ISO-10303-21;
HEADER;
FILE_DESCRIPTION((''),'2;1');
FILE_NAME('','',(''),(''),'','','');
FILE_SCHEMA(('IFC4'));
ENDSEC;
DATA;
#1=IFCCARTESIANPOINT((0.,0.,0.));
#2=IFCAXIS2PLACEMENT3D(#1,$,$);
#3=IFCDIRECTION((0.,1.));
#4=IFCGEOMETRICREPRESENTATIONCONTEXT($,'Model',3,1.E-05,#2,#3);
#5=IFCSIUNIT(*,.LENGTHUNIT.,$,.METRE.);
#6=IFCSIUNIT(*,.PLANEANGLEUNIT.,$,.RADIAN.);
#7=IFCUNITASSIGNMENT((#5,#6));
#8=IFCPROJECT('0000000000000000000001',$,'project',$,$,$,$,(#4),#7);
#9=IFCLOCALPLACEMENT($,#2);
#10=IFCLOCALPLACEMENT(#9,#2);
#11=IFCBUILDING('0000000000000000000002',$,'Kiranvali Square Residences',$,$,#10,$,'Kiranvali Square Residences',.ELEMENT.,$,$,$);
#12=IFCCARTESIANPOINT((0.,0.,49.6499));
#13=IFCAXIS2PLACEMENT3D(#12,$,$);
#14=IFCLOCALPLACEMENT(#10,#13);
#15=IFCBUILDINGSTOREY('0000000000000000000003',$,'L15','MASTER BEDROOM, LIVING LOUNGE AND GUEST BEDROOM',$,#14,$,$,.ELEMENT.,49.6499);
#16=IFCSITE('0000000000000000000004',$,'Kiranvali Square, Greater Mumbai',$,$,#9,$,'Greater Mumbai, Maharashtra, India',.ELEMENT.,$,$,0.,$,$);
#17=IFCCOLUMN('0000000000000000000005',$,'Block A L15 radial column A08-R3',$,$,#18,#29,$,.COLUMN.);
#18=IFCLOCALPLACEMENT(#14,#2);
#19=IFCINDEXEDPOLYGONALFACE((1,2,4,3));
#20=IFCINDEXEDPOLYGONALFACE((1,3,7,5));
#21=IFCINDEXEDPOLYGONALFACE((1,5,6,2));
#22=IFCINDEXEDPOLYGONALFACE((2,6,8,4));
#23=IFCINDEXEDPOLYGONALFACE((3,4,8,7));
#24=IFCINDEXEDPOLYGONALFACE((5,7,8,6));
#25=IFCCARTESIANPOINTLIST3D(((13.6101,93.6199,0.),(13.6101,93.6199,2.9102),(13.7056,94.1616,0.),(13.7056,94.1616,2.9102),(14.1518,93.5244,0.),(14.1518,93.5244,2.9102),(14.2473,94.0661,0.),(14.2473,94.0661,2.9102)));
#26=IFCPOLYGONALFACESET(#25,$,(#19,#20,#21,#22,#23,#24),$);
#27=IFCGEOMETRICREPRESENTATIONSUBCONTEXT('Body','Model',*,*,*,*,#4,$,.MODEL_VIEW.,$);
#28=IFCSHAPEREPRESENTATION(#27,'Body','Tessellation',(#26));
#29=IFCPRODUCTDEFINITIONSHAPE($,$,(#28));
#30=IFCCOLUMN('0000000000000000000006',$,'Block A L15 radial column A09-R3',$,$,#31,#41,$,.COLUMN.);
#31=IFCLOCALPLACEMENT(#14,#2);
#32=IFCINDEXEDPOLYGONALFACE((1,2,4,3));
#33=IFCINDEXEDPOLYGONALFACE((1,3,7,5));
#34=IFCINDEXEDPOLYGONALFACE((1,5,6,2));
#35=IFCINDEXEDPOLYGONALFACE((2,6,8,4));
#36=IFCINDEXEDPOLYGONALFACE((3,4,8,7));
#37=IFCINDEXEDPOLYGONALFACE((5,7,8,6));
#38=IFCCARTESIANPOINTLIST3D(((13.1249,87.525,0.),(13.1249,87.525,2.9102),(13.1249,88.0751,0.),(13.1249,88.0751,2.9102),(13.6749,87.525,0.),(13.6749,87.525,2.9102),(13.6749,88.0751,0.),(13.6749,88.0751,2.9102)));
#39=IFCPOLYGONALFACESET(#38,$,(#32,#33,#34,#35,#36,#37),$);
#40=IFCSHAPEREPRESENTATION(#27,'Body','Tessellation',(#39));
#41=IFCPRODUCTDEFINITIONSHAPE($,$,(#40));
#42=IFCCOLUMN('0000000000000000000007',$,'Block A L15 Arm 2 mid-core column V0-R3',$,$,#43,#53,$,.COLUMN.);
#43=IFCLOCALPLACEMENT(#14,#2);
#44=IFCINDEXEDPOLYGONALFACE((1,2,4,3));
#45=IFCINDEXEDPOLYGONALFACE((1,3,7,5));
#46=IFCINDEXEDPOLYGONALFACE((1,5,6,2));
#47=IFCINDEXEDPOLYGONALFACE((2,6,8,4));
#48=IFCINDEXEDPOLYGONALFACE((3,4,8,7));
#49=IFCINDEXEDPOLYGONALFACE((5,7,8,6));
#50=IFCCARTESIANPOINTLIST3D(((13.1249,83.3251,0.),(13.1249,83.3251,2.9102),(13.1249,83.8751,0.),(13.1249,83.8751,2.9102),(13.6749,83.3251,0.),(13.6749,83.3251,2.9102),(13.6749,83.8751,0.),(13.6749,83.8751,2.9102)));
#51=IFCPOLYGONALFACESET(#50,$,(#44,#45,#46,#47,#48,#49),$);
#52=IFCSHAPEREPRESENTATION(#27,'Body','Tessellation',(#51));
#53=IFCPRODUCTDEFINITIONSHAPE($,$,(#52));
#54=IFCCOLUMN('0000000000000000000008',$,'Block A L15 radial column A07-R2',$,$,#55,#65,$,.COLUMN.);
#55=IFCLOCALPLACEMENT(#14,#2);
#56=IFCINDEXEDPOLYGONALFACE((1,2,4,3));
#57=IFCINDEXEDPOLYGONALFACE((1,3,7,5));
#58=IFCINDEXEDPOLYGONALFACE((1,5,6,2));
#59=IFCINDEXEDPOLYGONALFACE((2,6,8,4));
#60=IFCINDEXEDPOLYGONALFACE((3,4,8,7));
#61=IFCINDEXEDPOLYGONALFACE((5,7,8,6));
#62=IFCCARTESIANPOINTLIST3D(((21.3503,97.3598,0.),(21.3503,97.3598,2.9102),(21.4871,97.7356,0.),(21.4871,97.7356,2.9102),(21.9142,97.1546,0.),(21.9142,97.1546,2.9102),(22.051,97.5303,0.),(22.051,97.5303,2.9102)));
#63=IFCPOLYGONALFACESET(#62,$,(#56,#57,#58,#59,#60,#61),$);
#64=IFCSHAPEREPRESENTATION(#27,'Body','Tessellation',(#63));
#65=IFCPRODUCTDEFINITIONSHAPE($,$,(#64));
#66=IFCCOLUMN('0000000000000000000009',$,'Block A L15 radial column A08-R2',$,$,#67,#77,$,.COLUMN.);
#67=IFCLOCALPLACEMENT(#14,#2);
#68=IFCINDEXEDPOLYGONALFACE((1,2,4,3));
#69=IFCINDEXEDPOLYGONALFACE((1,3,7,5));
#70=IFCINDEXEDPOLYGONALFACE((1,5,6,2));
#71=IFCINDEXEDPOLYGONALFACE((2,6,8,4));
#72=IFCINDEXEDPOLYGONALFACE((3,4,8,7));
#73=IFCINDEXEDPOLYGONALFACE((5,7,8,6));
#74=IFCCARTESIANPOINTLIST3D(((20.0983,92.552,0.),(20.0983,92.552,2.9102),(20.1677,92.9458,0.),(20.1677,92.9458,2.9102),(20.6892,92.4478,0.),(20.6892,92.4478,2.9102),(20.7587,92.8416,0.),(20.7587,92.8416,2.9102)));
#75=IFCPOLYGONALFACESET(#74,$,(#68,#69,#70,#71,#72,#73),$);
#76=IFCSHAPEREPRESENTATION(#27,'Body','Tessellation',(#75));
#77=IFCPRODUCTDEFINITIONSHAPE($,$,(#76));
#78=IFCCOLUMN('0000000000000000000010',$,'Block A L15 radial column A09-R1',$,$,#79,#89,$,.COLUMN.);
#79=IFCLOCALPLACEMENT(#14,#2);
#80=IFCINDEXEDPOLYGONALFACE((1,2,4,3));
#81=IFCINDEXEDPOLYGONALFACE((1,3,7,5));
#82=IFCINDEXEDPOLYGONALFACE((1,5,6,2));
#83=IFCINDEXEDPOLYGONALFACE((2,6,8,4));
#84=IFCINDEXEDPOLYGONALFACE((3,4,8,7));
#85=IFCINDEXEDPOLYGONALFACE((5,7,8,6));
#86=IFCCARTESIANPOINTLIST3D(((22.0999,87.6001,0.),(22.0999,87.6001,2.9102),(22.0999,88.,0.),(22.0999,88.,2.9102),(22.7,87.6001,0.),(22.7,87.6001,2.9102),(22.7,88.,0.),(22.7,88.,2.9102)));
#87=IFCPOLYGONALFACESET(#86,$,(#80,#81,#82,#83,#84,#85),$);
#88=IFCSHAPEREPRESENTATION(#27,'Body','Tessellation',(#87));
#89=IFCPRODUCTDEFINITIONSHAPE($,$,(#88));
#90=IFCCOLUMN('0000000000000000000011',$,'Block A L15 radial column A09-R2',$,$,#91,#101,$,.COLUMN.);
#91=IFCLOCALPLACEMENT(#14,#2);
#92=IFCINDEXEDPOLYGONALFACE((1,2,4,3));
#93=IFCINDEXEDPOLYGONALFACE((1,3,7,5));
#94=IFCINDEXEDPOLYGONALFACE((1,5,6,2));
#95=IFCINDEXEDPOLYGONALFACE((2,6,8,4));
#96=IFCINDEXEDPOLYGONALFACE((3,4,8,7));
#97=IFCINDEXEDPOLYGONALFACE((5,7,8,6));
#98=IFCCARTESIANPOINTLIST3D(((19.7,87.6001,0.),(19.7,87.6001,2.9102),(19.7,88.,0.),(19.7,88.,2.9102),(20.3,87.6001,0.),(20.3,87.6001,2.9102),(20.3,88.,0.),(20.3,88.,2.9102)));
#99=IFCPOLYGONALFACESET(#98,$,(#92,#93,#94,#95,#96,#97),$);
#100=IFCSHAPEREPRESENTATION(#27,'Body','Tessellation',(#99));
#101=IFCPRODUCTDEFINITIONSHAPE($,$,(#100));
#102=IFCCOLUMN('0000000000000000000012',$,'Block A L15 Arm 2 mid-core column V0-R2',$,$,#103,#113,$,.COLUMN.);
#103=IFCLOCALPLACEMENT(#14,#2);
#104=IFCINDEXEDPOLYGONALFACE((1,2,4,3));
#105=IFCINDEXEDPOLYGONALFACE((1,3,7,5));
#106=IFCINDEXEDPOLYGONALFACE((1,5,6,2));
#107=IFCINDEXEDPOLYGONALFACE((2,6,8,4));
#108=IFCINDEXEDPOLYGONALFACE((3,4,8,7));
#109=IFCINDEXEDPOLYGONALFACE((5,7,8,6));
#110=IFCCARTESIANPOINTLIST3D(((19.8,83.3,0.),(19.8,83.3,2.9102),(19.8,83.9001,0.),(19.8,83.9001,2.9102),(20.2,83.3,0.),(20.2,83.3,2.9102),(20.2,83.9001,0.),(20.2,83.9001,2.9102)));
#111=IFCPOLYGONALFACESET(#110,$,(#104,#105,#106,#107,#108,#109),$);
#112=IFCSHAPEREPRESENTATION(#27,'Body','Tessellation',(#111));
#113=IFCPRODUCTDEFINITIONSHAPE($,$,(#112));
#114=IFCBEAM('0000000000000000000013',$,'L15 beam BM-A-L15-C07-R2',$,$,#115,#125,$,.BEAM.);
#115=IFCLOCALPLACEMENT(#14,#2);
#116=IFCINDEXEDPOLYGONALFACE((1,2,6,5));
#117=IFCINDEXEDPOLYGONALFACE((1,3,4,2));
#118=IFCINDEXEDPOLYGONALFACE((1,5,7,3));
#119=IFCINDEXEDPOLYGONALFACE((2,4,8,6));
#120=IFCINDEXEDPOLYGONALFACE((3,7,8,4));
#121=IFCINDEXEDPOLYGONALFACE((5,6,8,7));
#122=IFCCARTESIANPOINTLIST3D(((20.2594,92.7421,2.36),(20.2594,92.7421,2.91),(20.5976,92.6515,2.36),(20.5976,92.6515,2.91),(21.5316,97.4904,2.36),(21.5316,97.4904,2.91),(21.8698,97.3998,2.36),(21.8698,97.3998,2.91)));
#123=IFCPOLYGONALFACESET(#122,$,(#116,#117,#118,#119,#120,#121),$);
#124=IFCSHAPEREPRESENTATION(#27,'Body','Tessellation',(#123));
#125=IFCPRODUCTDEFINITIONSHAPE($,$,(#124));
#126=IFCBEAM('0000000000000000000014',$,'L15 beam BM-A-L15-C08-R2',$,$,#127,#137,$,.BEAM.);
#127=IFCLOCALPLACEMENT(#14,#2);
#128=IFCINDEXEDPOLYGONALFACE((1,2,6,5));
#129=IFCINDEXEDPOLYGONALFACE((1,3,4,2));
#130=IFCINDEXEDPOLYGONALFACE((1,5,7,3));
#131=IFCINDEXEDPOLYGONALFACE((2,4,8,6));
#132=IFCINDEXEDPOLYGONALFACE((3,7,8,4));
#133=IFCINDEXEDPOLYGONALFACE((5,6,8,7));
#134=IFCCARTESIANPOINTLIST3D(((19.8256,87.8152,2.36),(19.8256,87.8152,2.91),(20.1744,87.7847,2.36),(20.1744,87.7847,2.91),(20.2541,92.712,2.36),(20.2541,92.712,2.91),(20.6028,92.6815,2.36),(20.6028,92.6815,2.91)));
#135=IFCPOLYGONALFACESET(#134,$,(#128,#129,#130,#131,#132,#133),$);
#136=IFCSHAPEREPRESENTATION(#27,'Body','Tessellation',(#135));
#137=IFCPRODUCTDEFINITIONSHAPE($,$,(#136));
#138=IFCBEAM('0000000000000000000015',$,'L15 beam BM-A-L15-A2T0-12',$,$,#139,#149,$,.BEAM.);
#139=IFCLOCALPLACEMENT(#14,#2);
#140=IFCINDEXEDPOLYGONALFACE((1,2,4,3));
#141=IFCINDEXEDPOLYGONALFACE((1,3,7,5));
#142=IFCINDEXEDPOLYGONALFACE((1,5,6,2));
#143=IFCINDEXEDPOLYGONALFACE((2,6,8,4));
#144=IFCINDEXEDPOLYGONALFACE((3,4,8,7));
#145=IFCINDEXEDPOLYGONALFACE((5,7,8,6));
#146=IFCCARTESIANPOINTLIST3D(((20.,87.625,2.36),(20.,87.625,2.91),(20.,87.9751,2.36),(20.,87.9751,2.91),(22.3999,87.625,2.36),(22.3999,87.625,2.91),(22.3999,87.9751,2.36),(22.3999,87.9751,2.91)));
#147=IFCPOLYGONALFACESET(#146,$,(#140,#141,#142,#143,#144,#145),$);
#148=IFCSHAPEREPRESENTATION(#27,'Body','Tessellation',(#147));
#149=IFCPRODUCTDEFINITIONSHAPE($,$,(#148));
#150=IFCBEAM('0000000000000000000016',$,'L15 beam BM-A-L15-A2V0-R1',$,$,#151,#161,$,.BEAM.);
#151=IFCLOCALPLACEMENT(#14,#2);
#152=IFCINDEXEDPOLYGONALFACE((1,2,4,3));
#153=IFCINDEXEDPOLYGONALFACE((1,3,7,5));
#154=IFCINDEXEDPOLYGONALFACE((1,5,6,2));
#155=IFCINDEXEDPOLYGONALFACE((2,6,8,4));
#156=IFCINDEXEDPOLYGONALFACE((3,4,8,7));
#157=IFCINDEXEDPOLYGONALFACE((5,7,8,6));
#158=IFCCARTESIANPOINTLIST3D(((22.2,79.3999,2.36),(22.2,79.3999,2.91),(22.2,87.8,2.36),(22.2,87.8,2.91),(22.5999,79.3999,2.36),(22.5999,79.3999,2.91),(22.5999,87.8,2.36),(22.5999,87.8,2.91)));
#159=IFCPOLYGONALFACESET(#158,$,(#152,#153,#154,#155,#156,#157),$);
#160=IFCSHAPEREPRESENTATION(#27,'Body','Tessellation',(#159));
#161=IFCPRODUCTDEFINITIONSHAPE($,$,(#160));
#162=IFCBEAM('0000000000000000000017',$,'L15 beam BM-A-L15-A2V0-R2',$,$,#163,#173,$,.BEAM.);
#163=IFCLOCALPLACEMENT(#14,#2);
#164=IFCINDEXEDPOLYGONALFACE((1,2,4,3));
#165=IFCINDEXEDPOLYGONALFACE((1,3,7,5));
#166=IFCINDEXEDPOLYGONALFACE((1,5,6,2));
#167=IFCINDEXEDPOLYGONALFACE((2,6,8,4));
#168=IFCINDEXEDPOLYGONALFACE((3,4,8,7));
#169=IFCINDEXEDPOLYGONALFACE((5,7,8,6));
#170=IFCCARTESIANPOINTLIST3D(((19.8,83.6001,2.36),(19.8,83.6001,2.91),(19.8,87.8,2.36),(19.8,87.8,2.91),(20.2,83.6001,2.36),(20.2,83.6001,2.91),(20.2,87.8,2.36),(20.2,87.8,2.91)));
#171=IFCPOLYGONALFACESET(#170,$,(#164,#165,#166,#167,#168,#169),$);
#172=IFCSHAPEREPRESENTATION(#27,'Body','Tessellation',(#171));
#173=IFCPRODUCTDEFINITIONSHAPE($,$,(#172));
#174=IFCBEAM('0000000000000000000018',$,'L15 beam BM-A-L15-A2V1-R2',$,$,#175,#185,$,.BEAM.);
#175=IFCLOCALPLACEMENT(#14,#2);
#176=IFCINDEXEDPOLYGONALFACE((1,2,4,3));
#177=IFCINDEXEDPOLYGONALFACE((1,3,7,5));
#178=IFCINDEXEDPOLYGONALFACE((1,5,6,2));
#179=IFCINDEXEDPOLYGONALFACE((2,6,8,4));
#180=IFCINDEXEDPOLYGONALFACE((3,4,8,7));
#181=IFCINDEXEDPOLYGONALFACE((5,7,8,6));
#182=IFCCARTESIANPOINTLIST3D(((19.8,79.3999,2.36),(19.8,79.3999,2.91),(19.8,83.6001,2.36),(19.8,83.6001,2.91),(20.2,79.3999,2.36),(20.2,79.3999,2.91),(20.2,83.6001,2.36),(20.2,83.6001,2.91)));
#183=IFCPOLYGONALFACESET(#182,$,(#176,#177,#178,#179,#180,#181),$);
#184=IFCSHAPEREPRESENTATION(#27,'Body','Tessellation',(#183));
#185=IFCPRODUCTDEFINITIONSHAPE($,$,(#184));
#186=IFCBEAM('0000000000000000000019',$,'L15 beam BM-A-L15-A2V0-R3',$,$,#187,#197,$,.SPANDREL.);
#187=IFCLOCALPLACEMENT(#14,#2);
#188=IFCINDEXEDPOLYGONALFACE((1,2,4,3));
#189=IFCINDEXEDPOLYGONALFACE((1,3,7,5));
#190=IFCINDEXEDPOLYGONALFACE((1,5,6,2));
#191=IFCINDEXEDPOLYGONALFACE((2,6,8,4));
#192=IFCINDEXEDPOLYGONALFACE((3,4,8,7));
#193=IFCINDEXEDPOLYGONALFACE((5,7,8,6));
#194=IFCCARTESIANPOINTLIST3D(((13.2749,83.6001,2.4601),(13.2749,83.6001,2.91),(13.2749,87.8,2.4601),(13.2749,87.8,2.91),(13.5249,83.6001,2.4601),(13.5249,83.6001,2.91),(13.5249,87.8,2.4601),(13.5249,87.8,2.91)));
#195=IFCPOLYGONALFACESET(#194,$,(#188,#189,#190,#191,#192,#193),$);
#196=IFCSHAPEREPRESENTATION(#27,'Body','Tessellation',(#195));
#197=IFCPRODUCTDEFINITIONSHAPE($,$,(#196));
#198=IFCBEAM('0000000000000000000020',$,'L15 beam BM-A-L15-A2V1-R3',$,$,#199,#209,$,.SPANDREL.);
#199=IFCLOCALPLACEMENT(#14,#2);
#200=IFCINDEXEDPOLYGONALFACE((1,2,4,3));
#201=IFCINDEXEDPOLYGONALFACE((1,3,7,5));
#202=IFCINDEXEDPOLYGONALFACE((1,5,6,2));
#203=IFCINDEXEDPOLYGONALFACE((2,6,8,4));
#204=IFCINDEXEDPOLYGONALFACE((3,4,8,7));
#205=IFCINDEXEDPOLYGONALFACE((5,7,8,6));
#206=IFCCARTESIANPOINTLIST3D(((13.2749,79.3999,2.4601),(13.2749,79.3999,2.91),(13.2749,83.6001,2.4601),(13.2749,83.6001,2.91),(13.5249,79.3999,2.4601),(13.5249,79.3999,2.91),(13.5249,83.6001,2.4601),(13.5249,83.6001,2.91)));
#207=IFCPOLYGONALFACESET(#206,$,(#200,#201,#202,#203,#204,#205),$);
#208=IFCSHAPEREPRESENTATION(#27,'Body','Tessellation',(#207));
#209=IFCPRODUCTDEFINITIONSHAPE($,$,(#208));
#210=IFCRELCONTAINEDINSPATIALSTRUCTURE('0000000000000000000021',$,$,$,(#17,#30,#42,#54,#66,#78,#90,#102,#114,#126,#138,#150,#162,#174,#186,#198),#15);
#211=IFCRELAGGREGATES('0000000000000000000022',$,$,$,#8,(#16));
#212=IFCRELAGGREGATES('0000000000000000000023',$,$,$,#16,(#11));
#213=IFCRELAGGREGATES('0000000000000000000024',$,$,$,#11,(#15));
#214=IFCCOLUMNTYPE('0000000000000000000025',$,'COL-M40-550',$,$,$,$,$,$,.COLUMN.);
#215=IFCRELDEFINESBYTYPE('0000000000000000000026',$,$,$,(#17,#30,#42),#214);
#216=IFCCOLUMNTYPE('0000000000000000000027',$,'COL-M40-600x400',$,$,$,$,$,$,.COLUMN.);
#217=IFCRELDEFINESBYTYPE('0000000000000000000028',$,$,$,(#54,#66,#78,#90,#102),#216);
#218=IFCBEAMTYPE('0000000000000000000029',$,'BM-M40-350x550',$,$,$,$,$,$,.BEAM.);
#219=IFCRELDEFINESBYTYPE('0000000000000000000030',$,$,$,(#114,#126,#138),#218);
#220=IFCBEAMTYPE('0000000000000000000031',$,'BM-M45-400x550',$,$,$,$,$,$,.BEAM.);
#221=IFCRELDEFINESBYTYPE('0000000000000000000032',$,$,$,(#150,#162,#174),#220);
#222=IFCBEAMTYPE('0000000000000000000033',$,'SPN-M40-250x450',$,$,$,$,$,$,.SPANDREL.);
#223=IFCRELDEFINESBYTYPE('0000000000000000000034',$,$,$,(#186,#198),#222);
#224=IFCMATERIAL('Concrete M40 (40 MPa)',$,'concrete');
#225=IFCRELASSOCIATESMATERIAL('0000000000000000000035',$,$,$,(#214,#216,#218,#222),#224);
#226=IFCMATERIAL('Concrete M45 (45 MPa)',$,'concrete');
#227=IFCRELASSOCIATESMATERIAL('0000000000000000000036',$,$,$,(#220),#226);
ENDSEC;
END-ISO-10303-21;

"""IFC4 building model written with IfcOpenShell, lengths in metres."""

from ifc_helpers import new_model, si_unit, direction, frame, origin, origin_2d, place, context, subcontext, project, spatial, rectangle, extrude, material, material_profile, profile_set, type_object, element, save


model = new_model("IFC4")

# Units and contexts
model_context = context("Model", 3, precision=1e-05, world=origin(), true_north=direction((0.0, 1.0)))
body_context = subcontext(model_context, "Body", "Model", "MODEL_VIEW")
ifc_project = project(units=[si_unit("LENGTHUNIT", "METRE"), si_unit("PLANEANGLEUNIT", "RADIAN")], contexts=[model_context])

# Site, building, storey
site_placement = place(None, origin())
site = spatial("IfcSite", under=ifc_project, at=site_placement, Name="Kiranvali Square, Greater Mumbai", LongName="Greater Mumbai, Maharashtra, India", CompositionType="ELEMENT", RefElevation=0.0)
building_placement = place(site_placement, origin())
building = spatial("IfcBuilding", under=site, at=building_placement, Name="Kiranvali Square Residences", LongName="Kiranvali Square Residences", CompositionType="ELEMENT")
storey_placement = place(building_placement, frame((0.0, 0.0, 49.6499)))
storey = spatial("IfcBuildingStorey", under=building, at=storey_placement, Name="L15", Description="MASTER BEDROOM, LIVING LOUNGE AND GUEST BEDROOM", CompositionType="ELEMENT", Elevation=49.6499)

# Columns
ifc_material_1 = material(Name="Concrete M40 (40 MPa)", Category="concrete")
ifc_material_profile_1 = material_profile(ifc_material_1, rectangle(XDim=0.55, YDim=0.55, at=origin_2d()), Name="RC 550x550")
ifc_profile_set_1 = profile_set([ifc_material_profile_1], Name="Concrete M40 (40 MPa)")
column_type_1 = type_object("IfcColumnType", Name="COL-M40-550", PredefinedType="COLUMN", material=ifc_profile_set_1)
for number, where, z_axis, x_axis, name in (
    (1, (13.9287, 93.843, 0.0), (0.0, 0.0, 1.0), (0.173648, 0.984808, 0.0), "Block A L15 radial column A08-R3"),
    (2, (13.3999, 87.8, 0.0), (0.0, 0.0, 1.0), (0.0, 1.0, 0.0), "Block A L15 radial column A09-R3"),
    (3, (13.3999, 83.6001, 0.0), (0.0, 0.0, 1.0), (1.0, 0.0, 0.0), "Block A L15 Arm 2 mid-core column V0-R3"),
):
    element("IfcColumn", number, at=place(storey_placement, frame(where, z_axis=z_axis, x_axis=x_axis)), inside=storey, type_object=column_type_1, Name=name, PredefinedType="COLUMN", context=body_context, shape_type="SweptSolid", body=[
        extrude(rectangle(XDim=0.55, YDim=0.55, at=origin_2d()), origin(), (0.0, 0.0, 1.0), 2.9102),
    ])
ifc_material_profile_2 = material_profile(ifc_material_1, rectangle(XDim=0.3999, YDim=0.6001, at=origin_2d()), Name="RC 600x400")
ifc_profile_set_2 = profile_set([ifc_material_profile_2], Name="Concrete M40 (40 MPa)")
column_type_2 = type_object("IfcColumnType", Name="COL-M40-600x400", PredefinedType="COLUMN", material=ifc_profile_set_2)
for number, where, z_axis, x_axis, name in (
    (4, (21.7007, 97.4451, 0.0), (0.0, 0.0, 1.0), (0.34202, 0.939693, 0.0), "Block A L15 radial column A07-R2"),
    (5, (20.4285, 92.6968, 0.0), (0.0, 0.0, 1.0), (0.173648, 0.984808, 0.0), "Block A L15 radial column A08-R2"),
    (6, (22.3999, 87.8, 0.0), (0.0, 0.0, 1.0), (0.0, 1.0, 0.0), "Block A L15 radial column A09-R1"),
    (7, (20.0, 87.8, 0.0), (0.0, 0.0, 1.0), (0.0, 1.0, 0.0), "Block A L15 radial column A09-R2"),
    (8, (20.0, 83.6001, 0.0), (0.0, 0.0, 1.0), (1.0, 0.0, 0.0), "Block A L15 Arm 2 mid-core column V0-R2"),
):
    element("IfcColumn", number, at=place(storey_placement, frame(where, z_axis=z_axis, x_axis=x_axis)), inside=storey, type_object=column_type_2, Name=name, PredefinedType="COLUMN", context=body_context, shape_type="SweptSolid", body=[
        extrude(rectangle(XDim=0.3999, YDim=0.6001, at=origin_2d()), origin(), (0.0, 0.0, 1.0), 2.9102),
    ])

# Beams
ifc_material_profile_3 = material_profile(ifc_material_1, rectangle(XDim=0.3501, YDim=0.55, at=origin_2d()), Name="RC 350x550")
ifc_profile_set_3 = profile_set([ifc_material_profile_3], Name="Concrete M40 (40 MPa)")
beam_type_1 = type_object("IfcBeamType", Name="BM-M40-350x550", PredefinedType="BEAM", material=ifc_profile_set_3)
beam_1_placement = place(storey_placement, frame((21.7007, 97.4451, 2.635), z_axis=(-0.258803, -0.96593, 0.0), x_axis=(0.96593, -0.258803, 0.0)))
element("IfcBeam", 9, at=beam_1_placement, inside=storey, type_object=beam_type_1, Name="L15 beam BM-A-L15-C07-R2", PredefinedType="BEAM", context=body_context, shape_type="SweptSolid", body=[
    extrude(rectangle(XDim=0.3501, YDim=0.55, at=origin_2d()), origin(), (0.0, 0.0, 1.0), 4.9158),
])
beam_2_placement = place(storey_placement, frame((20.4285, 92.6968, 2.635), z_axis=(-0.087168, -0.996194, 0.0), x_axis=(0.996194, -0.087168, 0.0)))
element("IfcBeam", 10, at=beam_2_placement, inside=storey, type_object=beam_type_1, Name="L15 beam BM-A-L15-C08-R2", PredefinedType="BEAM", context=body_context, shape_type="SweptSolid", body=[
    extrude(rectangle(XDim=0.3501, YDim=0.55, at=origin_2d()), origin(), (0.0, 0.0, 1.0), 4.9155),
])
beam_3_placement = place(storey_placement, frame((22.3999, 87.8, 2.635), z_axis=(-1.0, 0.0, 0.0), x_axis=(0.0, -1.0, 0.0)))
element("IfcBeam", 11, at=beam_3_placement, inside=storey, type_object=beam_type_1, Name="L15 beam BM-A-L15-A2T0-12", PredefinedType="BEAM", context=body_context, shape_type="SweptSolid", body=[
    extrude(rectangle(XDim=0.3501, YDim=0.55, at=origin_2d()), origin(), (0.0, 0.0, 1.0), 2.3999),
])
ifc_material_2 = material(Name="Concrete M45 (45 MPa)", Category="concrete")
ifc_material_profile_4 = material_profile(ifc_material_2, rectangle(XDim=0.3999, YDim=0.55, at=origin_2d()), Name="RC 400x550")
ifc_profile_set_4 = profile_set([ifc_material_profile_4], Name="Concrete M45 (45 MPa)")
beam_type_2 = type_object("IfcBeamType", Name="BM-M45-400x550", PredefinedType="BEAM", material=ifc_profile_set_4)
beam_4_placement = place(storey_placement, frame((22.3999, 87.8, 2.635), z_axis=(0.0, -1.0, 0.0), x_axis=(1.0, 0.0, 0.0)))
element("IfcBeam", 12, at=beam_4_placement, inside=storey, type_object=beam_type_2, Name="L15 beam BM-A-L15-A2V0-R1", PredefinedType="BEAM", context=body_context, shape_type="SweptSolid", body=[
    extrude(rectangle(XDim=0.3999, YDim=0.55, at=origin_2d()), origin(), (0.0, 0.0, 1.0), 8.4001),
])
beam_5_placement = place(storey_placement, frame((20.0, 87.8, 2.635), z_axis=(0.0, -1.0, 0.0), x_axis=(1.0, 0.0, 0.0)))
element("IfcBeam", 13, at=beam_5_placement, inside=storey, type_object=beam_type_2, Name="L15 beam BM-A-L15-A2V0-R2", PredefinedType="BEAM", context=body_context, shape_type="SweptSolid", body=[
    extrude(rectangle(XDim=0.3999, YDim=0.55, at=origin_2d()), origin(), (0.0, 0.0, 1.0), 4.2),
])
beam_6_placement = place(storey_placement, frame((20.0, 83.6001, 2.635), z_axis=(0.0, -1.0, 0.0), x_axis=(1.0, 0.0, 0.0)))
element("IfcBeam", 14, at=beam_6_placement, inside=storey, type_object=beam_type_2, Name="L15 beam BM-A-L15-A2V1-R2", PredefinedType="BEAM", context=body_context, shape_type="SweptSolid", body=[
    extrude(rectangle(XDim=0.3999, YDim=0.55, at=origin_2d()), origin(), (0.0, 0.0, 1.0), 4.2002),
])
ifc_material_profile_5 = material_profile(ifc_material_1, rectangle(XDim=0.25, YDim=0.45, at=origin_2d()), Name="RC 250x450")
ifc_profile_set_5 = profile_set([ifc_material_profile_5], Name="Concrete M40 (40 MPa)")
beam_type_3 = type_object("IfcBeamType", Name="SPN-M40-250x450", PredefinedType="SPANDREL", material=ifc_profile_set_5)
beam_7_placement = place(storey_placement, frame((13.3999, 87.8, 2.6851), z_axis=(0.0, -1.0, 0.0), x_axis=(1.0, 0.0, 0.0)))
element("IfcBeam", 15, at=beam_7_placement, inside=storey, type_object=beam_type_3, Name="L15 beam BM-A-L15-A2V0-R3", PredefinedType="SPANDREL", context=body_context, shape_type="SweptSolid", body=[
    extrude(rectangle(XDim=0.25, YDim=0.45, at=origin_2d()), origin(), (0.0, 0.0, 1.0), 4.2),
])
beam_8_placement = place(storey_placement, frame((13.3999, 83.6001, 2.6851), z_axis=(0.0, -1.0, 0.0), x_axis=(1.0, 0.0, 0.0)))
element("IfcBeam", 16, at=beam_8_placement, inside=storey, type_object=beam_type_3, Name="L15 beam BM-A-L15-A2V1-R3", PredefinedType="SPANDREL", context=body_context, shape_type="SweptSolid", body=[
    extrude(rectangle(XDim=0.25, YDim=0.45, at=origin_2d()), origin(), (0.0, 0.0, 1.0), 4.2002),
])

save(model, "model.ifc")
